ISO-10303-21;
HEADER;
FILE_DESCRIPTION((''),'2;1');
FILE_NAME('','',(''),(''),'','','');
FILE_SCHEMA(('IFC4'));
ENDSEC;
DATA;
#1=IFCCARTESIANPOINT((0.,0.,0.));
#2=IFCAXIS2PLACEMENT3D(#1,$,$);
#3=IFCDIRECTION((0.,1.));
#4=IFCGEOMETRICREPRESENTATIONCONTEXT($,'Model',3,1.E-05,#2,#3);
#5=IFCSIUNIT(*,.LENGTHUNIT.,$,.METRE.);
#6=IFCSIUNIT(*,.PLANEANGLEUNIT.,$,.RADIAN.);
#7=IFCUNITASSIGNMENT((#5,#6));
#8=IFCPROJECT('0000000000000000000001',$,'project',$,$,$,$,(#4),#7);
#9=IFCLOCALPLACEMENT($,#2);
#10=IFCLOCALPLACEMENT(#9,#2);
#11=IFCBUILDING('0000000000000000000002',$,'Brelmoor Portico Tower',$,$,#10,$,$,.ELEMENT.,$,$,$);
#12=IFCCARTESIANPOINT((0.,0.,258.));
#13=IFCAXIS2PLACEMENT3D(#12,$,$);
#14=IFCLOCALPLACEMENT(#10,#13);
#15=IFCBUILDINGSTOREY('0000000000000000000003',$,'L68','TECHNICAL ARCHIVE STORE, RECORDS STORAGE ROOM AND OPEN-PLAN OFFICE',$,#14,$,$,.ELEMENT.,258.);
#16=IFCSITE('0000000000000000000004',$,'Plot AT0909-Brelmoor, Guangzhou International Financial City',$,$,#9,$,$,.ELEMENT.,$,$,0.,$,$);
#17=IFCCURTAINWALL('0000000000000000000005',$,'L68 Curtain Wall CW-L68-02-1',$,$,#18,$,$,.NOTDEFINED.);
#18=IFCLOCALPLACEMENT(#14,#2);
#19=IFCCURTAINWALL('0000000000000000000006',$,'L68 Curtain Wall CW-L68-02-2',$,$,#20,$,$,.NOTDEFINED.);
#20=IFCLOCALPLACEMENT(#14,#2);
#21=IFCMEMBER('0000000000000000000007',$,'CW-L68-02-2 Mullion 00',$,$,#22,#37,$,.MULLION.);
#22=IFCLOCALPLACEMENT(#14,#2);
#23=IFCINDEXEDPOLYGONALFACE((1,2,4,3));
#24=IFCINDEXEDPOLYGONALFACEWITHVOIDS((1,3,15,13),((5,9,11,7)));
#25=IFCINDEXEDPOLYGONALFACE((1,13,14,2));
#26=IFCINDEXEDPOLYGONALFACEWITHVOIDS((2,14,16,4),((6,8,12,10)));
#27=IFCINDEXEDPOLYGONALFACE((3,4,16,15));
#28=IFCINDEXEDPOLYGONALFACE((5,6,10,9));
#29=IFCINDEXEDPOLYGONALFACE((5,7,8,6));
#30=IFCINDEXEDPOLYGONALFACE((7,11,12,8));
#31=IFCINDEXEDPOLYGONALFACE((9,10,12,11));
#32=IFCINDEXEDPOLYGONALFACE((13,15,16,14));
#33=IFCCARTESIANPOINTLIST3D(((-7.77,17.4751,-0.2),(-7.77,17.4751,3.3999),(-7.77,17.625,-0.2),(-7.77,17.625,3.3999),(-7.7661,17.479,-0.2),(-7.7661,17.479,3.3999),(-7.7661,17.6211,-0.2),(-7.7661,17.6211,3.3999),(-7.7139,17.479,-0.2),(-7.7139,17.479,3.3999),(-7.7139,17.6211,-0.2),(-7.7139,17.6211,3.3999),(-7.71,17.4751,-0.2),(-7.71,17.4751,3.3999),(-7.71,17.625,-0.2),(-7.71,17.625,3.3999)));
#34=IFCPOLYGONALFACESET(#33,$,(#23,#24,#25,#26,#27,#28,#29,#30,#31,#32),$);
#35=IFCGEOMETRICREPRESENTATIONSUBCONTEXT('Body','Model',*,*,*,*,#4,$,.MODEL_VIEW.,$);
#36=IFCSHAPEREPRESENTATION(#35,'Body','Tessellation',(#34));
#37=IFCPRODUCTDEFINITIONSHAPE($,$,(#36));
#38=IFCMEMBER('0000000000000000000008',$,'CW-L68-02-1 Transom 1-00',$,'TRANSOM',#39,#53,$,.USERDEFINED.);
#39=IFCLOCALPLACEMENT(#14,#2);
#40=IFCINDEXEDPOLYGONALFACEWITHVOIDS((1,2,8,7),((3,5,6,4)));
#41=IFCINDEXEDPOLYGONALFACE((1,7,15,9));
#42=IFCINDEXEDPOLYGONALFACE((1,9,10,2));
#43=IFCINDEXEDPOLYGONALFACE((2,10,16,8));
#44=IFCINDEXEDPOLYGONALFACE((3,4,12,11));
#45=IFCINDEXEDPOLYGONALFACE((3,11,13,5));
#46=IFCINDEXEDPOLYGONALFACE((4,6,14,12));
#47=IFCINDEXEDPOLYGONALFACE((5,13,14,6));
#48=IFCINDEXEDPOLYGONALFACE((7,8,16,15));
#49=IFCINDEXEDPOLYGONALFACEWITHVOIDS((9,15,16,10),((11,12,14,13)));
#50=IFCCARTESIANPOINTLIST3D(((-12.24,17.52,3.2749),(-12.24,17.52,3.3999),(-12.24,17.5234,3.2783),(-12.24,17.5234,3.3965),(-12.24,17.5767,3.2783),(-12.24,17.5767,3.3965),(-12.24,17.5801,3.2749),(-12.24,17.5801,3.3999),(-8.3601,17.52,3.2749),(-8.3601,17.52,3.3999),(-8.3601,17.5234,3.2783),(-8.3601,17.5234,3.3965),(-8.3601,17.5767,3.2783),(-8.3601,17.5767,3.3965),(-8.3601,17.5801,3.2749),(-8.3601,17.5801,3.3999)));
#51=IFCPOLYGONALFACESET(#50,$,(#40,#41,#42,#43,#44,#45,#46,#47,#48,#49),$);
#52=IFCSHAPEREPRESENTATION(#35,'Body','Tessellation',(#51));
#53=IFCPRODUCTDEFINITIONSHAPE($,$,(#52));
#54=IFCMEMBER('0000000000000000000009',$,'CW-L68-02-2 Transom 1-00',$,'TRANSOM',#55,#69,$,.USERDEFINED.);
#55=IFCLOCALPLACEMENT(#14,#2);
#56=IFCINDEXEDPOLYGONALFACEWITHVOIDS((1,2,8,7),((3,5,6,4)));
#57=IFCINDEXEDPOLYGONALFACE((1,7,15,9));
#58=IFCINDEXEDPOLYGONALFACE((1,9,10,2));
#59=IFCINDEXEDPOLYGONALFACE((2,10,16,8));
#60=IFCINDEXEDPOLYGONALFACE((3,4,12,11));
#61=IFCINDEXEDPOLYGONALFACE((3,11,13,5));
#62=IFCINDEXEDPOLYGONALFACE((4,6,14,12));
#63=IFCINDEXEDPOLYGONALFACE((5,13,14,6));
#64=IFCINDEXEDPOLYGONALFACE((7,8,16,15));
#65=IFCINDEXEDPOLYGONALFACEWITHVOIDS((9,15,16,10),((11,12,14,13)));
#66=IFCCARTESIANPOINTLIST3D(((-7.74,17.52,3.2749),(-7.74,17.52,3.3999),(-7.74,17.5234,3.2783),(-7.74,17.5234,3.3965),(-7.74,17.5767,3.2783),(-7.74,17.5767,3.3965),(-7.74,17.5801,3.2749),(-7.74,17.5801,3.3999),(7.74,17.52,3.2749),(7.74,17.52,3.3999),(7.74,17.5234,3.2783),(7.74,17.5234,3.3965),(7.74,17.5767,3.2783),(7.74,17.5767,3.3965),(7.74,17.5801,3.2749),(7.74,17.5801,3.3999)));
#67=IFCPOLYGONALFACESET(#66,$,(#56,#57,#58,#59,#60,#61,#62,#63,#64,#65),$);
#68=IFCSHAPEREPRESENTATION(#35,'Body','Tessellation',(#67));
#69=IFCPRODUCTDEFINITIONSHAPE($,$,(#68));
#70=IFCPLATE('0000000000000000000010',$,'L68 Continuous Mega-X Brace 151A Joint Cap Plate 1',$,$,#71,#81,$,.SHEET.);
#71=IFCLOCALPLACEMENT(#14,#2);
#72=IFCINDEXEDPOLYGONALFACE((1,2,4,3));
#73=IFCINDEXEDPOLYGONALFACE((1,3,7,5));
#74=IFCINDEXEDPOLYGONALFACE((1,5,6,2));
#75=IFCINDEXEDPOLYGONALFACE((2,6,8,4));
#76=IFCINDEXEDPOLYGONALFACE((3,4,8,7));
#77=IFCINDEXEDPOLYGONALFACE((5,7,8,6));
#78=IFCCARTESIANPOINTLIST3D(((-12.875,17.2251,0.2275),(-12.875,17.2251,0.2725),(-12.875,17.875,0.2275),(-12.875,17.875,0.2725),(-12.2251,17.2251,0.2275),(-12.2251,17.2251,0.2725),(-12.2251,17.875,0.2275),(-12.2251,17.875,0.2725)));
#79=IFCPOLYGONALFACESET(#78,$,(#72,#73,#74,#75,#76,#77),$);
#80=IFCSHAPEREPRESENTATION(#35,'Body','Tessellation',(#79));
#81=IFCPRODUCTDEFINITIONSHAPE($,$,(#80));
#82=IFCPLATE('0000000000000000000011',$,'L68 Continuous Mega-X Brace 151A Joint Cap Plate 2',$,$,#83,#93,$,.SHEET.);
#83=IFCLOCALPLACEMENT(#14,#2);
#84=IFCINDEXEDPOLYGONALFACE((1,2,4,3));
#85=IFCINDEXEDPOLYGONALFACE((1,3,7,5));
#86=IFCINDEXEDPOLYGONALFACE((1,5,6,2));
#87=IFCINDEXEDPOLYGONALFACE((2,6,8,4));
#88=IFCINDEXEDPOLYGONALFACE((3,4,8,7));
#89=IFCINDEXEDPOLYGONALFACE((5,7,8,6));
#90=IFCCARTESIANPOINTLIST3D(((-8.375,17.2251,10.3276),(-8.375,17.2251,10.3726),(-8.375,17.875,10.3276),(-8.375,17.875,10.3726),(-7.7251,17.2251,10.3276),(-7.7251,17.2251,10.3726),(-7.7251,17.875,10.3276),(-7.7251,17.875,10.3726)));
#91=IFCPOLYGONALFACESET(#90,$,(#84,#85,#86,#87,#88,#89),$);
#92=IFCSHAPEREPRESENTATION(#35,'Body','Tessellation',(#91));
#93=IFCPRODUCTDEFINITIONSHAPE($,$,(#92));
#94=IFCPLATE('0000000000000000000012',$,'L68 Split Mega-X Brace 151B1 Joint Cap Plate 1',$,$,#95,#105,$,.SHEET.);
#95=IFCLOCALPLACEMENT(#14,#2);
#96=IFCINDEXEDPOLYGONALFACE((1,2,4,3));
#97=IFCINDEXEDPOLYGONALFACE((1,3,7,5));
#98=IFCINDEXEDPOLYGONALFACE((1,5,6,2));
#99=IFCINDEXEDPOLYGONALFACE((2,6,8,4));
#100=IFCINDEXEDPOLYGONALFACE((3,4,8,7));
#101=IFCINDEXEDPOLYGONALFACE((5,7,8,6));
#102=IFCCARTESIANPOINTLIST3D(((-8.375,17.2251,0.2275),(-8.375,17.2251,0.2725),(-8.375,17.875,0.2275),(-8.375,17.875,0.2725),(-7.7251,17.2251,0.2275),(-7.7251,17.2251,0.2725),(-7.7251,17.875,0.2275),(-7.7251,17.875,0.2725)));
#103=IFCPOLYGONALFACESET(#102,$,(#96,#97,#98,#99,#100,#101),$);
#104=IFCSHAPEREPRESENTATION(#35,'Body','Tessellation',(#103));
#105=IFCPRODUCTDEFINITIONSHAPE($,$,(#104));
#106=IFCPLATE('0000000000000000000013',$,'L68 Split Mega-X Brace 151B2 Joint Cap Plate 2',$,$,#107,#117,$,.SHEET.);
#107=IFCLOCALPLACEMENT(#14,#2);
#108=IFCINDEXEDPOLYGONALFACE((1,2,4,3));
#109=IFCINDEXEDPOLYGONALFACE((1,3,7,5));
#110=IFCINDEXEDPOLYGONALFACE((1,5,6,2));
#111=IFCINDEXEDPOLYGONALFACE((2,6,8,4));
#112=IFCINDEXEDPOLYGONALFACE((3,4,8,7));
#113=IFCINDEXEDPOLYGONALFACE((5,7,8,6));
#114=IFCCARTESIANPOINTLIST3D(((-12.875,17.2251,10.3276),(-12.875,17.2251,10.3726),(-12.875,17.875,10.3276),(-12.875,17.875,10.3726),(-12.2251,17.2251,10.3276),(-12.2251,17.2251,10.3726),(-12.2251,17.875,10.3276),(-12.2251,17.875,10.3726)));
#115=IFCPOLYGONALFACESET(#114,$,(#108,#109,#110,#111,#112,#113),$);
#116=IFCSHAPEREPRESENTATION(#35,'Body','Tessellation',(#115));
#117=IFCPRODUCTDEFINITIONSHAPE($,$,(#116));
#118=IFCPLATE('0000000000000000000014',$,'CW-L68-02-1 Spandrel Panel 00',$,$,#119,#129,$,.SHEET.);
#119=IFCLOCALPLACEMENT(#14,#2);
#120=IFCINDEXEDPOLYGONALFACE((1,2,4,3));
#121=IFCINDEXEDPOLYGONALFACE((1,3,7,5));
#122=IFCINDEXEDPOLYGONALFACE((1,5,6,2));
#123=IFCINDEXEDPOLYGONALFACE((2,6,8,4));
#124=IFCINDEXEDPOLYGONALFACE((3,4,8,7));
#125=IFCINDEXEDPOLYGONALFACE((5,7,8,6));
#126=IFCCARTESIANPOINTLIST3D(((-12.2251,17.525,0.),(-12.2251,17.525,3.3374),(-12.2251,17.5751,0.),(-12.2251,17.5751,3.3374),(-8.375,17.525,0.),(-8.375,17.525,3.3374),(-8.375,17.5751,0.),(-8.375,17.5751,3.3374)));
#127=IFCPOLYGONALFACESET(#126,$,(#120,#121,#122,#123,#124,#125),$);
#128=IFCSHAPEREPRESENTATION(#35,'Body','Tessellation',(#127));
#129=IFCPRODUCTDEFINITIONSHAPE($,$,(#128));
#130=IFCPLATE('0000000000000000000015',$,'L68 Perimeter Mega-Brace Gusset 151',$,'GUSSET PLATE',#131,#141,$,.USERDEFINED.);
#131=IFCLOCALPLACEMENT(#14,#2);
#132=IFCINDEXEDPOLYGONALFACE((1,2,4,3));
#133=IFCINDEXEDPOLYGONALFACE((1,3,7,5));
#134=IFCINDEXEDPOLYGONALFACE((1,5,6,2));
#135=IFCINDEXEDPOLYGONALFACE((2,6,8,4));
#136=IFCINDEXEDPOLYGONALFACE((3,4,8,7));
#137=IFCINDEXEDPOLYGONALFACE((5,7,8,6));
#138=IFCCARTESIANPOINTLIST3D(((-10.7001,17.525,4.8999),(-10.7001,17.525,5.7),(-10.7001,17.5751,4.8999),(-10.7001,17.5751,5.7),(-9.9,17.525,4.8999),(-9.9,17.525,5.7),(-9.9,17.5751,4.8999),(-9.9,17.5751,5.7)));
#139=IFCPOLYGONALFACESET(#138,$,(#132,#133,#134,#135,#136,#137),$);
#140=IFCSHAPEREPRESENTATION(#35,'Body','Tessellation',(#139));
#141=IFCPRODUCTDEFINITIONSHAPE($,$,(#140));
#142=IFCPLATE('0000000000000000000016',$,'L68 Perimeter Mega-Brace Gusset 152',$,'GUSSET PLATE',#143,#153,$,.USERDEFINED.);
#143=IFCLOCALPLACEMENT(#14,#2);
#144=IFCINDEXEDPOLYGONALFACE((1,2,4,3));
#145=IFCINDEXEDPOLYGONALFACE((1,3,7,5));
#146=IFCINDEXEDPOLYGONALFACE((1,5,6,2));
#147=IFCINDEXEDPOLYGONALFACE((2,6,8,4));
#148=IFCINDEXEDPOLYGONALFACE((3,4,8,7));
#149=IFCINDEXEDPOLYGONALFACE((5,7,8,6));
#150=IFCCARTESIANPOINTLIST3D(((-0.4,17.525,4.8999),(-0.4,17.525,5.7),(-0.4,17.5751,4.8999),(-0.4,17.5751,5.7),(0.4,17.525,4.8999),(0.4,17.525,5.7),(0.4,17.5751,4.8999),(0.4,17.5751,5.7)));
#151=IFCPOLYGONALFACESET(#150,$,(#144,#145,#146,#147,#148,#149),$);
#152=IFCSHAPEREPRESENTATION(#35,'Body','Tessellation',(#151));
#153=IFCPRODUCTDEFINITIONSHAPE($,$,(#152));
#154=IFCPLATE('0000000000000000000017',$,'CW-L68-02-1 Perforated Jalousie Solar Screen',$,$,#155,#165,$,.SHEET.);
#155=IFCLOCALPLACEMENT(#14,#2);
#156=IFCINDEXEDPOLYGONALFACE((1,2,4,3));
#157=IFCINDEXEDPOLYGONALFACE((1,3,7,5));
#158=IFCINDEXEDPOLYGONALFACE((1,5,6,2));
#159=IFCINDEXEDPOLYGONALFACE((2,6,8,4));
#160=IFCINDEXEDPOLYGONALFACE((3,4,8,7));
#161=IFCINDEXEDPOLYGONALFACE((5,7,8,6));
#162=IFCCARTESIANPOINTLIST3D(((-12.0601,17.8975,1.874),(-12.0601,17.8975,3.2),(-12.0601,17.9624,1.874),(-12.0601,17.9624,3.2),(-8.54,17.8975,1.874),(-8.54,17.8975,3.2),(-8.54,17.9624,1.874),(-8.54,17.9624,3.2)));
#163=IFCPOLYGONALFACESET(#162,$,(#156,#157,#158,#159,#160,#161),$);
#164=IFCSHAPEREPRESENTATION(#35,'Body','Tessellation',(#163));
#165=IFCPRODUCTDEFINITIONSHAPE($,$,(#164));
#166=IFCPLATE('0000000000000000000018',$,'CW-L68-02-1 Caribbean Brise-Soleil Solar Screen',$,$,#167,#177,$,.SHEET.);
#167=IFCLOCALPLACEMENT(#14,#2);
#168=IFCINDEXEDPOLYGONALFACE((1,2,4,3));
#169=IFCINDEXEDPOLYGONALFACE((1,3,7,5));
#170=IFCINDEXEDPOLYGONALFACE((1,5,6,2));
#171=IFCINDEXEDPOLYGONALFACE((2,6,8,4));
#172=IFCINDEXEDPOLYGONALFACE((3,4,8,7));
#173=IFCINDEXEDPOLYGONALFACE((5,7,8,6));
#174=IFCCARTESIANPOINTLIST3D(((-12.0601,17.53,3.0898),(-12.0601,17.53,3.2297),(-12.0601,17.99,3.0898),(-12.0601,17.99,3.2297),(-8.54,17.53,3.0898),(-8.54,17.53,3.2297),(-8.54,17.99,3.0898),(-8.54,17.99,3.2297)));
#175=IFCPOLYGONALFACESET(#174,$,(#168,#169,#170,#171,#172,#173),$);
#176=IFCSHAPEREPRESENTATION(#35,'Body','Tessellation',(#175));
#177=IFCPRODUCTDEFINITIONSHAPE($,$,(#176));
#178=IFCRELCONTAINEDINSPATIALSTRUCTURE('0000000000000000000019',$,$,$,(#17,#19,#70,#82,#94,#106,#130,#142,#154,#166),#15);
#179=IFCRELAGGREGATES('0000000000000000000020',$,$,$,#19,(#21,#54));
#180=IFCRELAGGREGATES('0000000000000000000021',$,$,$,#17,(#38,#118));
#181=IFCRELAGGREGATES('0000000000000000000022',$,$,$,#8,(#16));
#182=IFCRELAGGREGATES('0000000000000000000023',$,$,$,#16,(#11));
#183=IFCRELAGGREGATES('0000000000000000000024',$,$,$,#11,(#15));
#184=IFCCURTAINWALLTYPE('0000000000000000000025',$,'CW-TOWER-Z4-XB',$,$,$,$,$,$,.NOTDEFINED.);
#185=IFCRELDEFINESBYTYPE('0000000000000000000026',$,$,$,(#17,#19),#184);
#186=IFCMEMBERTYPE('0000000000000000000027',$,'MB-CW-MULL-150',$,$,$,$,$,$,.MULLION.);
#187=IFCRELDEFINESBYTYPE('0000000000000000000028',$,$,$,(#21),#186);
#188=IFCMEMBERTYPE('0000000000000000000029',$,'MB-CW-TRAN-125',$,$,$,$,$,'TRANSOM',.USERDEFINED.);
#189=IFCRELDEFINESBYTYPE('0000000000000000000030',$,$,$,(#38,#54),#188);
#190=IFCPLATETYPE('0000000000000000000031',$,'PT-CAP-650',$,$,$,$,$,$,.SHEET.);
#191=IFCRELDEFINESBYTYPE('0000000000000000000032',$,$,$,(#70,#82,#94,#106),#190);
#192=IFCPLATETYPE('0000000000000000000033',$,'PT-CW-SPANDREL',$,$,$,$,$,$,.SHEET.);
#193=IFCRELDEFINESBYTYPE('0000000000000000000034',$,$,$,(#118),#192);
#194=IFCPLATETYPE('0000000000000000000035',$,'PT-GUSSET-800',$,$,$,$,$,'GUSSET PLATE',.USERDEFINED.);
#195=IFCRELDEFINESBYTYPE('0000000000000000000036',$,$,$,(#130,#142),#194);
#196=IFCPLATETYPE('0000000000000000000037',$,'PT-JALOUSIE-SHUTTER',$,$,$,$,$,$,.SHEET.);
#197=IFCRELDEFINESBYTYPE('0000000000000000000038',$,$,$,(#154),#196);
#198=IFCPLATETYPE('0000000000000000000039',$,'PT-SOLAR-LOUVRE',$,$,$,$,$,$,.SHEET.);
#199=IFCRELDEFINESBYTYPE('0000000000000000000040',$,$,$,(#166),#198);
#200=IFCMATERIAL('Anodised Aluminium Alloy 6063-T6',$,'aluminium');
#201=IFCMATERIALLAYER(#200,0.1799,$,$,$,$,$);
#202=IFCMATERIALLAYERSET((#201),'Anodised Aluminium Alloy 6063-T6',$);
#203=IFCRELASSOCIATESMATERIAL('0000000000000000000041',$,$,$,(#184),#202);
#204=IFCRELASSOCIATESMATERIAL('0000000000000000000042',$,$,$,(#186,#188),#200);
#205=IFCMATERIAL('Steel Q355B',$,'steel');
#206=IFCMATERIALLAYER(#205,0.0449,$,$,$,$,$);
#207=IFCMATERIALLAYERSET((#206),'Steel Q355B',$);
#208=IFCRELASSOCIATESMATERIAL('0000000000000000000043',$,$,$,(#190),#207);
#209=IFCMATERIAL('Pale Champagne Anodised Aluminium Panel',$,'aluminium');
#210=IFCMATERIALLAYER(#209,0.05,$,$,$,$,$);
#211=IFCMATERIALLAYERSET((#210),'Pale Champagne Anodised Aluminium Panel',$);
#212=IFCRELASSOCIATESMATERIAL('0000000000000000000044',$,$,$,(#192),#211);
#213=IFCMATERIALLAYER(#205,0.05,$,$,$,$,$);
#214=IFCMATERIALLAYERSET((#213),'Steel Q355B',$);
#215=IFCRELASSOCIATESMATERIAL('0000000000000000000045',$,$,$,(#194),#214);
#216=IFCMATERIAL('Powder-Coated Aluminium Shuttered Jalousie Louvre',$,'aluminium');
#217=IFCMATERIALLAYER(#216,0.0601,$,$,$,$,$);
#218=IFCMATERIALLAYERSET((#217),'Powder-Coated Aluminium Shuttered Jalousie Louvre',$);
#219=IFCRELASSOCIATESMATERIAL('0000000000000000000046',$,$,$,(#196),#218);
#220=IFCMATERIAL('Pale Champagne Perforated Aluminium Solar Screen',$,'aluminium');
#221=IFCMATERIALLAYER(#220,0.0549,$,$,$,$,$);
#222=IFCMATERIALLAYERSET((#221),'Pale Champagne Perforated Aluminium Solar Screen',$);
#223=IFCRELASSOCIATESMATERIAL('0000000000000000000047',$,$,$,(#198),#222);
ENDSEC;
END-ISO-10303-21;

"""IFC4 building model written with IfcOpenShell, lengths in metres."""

from ifc_helpers import new_model, si_unit, direction, frame, origin, origin_2d, place, context, subcontext, project, spatial, rectangle, hollow_rectangle, extrude, material, layer, layer_set, material_profile, profile_set, type_object, element, aggregate, save


model = new_model("IFC4")

# Units and contexts
model_context = context("Model", 3, precision=1e-05, world=origin(), true_north=direction((0.0, 1.0)))
body_context = subcontext(model_context, "Body", "Model", "MODEL_VIEW")
ifc_project = project(units=[si_unit("LENGTHUNIT", "METRE"), si_unit("PLANEANGLEUNIT", "RADIAN")], contexts=[model_context])

# Site, building, storey
site_placement = place(None, origin())
site = spatial("IfcSite", under=ifc_project, at=site_placement, Name="Plot AT0909-Brelmoor, Guangzhou International Financial City", CompositionType="ELEMENT", RefElevation=0.0)
building_placement = place(site_placement, origin())
building = spatial("IfcBuilding", under=site, at=building_placement, Name="Brelmoor Portico Tower", CompositionType="ELEMENT")
storey_placement = place(building_placement, frame((0.0, 0.0, 258.0)))
storey = spatial("IfcBuildingStorey", under=building, at=storey_placement, Name="L68", Description="TECHNICAL ARCHIVE STORE, RECORDS STORAGE ROOM AND OPEN-PLAN OFFICE", CompositionType="ELEMENT", Elevation=258.0)

# Shared definitions
ifc_material_1 = material(Name="Steel Q355B", Category="steel")

# Curtain wall
ifc_material_2 = material(Name="Anodised Aluminium Alloy 6063-T6", Category="aluminium")
ifc_layer_1 = layer(ifc_material_2, 0.1799)
ifc_layer_set_1 = layer_set([ifc_layer_1], Name="Anodised Aluminium Alloy 6063-T6")
curtain_wall_type = type_object("IfcCurtainWallType", Name="CW-TOWER-Z4-XB", PredefinedType="NOTDEFINED", material=ifc_layer_set_1)
curtain_wall_1_placement = place(storey_placement, origin())
curtain_wall_1 = element("IfcCurtainWall", 1, at=curtain_wall_1_placement, inside=storey, type_object=curtain_wall_type, Name="L68 Curtain Wall CW-L68-02-1", PredefinedType="NOTDEFINED")
ifc_material_profile_1 = material_profile(ifc_material_2, hollow_rectangle(XDim=0.0601, YDim=0.1499, WallThickness=0.0039, at=origin_2d()), Name="ALU MULLION 60x150")
ifc_profile_set_1 = profile_set([ifc_material_profile_1], Name="Anodised Aluminium Alloy 6063-T6")
member_type_1 = type_object("IfcMemberType", Name="MB-CW-MULL-150", PredefinedType="MULLION", material=ifc_profile_set_1)

# Curtain wall, member
curtain_wall_2_placement = place(storey_placement, origin())
curtain_wall_2 = element("IfcCurtainWall", 2, at=curtain_wall_2_placement, inside=storey, type_object=curtain_wall_type, Name="L68 Curtain Wall CW-L68-02-2", PredefinedType="NOTDEFINED")
member_1_placement = place(storey_placement, frame((-7.74, 17.55, -0.2), z_axis=(0.0, 0.0, 1.0), x_axis=(1.0, 0.0, 0.0)))
member_1 = element("IfcMember", 3, at=member_1_placement, type_object=member_type_1, Name="CW-L68-02-2 Mullion 00", PredefinedType="MULLION", context=body_context, shape_type="SweptSolid", body=[
    extrude(hollow_rectangle(XDim=0.0601, YDim=0.1499, WallThickness=0.0039, at=origin_2d()), origin(), (0.0, 0.0, 1.0), 3.5999),
])

# Members
ifc_material_profile_2 = material_profile(ifc_material_2, hollow_rectangle(XDim=0.0601, YDim=0.125, WallThickness=0.0034, at=origin_2d()), Name="ALU TRANSOM 60x125")
ifc_profile_set_2 = profile_set([ifc_material_profile_2], Name="Anodised Aluminium Alloy 6063-T6")
member_type_2 = type_object("IfcMemberType", Name="MB-CW-TRAN-125", ElementType="TRANSOM", PredefinedType="USERDEFINED", material=ifc_profile_set_2)
member_2_placement = place(storey_placement, frame((-12.24, 17.55, 3.3374), z_axis=(1.0, 0.0, 0.0), x_axis=(0.0, 1.0, 0.0)))
member_2 = element("IfcMember", 4, at=member_2_placement, type_object=member_type_2, Name="CW-L68-02-1 Transom 1-00", ObjectType="TRANSOM", PredefinedType="USERDEFINED", context=body_context, shape_type="SweptSolid", body=[
    extrude(hollow_rectangle(XDim=0.0601, YDim=0.125, WallThickness=0.0034, at=origin_2d()), origin(), (0.0, 0.0, 1.0), 3.8799),
])
member_3_placement = place(storey_placement, frame((-7.74, 17.55, 3.3374), z_axis=(1.0, 0.0, 0.0), x_axis=(0.0, 1.0, 0.0)))
member_3 = element("IfcMember", 5, at=member_3_placement, type_object=member_type_2, Name="CW-L68-02-2 Transom 1-00", ObjectType="TRANSOM", PredefinedType="USERDEFINED", context=body_context, shape_type="SweptSolid", body=[
    extrude(hollow_rectangle(XDim=0.0601, YDim=0.125, WallThickness=0.0034, at=origin_2d()), origin(), (0.0, 0.0, 1.0), 15.48),
])
aggregate(curtain_wall_2, [member_1, member_3])

# Plates
ifc_layer_2 = layer(ifc_material_1, 0.0449)
ifc_layer_set_2 = layer_set([ifc_layer_2], Name="Steel Q355B")
plate_type_1 = type_object("IfcPlateType", Name="PT-CAP-650", PredefinedType="SHEET", material=ifc_layer_set_2)
for number, where, z_axis, x_axis, name in (
    (6, (-12.55, 17.55, 0.2275), (0.0, 0.0, 1.0), (1.0, 0.0, 0.0), "L68 Continuous Mega-X Brace 151A Joint Cap Plate 1"),
    (7, (-8.05, 17.55, 10.3276), (0.0, 0.0, 1.0), (1.0, 0.0, 0.0), "L68 Continuous Mega-X Brace 151A Joint Cap Plate 2"),
    (8, (-8.05, 17.55, 0.2275), (0.0, 0.0, 1.0), (1.0, 0.0, 0.0), "L68 Split Mega-X Brace 151B1 Joint Cap Plate 1"),
    (9, (-12.55, 17.55, 10.3276), (0.0, 0.0, 1.0), (1.0, 0.0, 0.0), "L68 Split Mega-X Brace 151B2 Joint Cap Plate 2"),
):
    element("IfcPlate", number, at=place(storey_placement, frame(where, z_axis=z_axis, x_axis=x_axis)), inside=storey, type_object=plate_type_1, Name=name, PredefinedType="SHEET", context=body_context, shape_type="SweptSolid", body=[
        extrude(rectangle(XDim=0.6499, YDim=0.6499, at=origin_2d()), origin(), (0.0, 0.0, 1.0), 0.0449),
    ])

# Plate
ifc_material_3 = material(Name="Pale Champagne Anodised Aluminium Panel", Category="aluminium")
ifc_layer_3 = layer(ifc_material_3, 0.05)
ifc_layer_set_3 = layer_set([ifc_layer_3], Name="Pale Champagne Anodised Aluminium Panel")
plate_type_2 = type_object("IfcPlateType", Name="PT-CW-SPANDREL", PredefinedType="SHEET", material=ifc_layer_set_3)
plate_1_placement = place(storey_placement, frame((-10.3, 17.55, 0.0), z_axis=(0.0, 0.0, 1.0), x_axis=(1.0, 0.0, 0.0)))
plate_1 = element("IfcPlate", 10, at=plate_1_placement, type_object=plate_type_2, Name="CW-L68-02-1 Spandrel Panel 00", PredefinedType="SHEET", context=body_context, shape_type="SweptSolid", body=[
    extrude(rectangle(XDim=3.8501, YDim=0.05, at=origin_2d()), origin(), (0.0, 0.0, 1.0), 3.3374),
])
aggregate(curtain_wall_1, [member_2, plate_1])

# Plates
ifc_layer_4 = layer(ifc_material_1, 0.05)
ifc_layer_set_4 = layer_set([ifc_layer_4], Name="Steel Q355B")
plate_type_3 = type_object("IfcPlateType", Name="PT-GUSSET-800", ElementType="GUSSET PLATE", PredefinedType="USERDEFINED", material=ifc_layer_set_4)
for number, where, z_axis, x_axis, name in (
    (11, (-10.3, 17.55, 4.8999), (0.0, 0.0, 1.0), (1.0, 0.0, 0.0), "L68 Perimeter Mega-Brace Gusset 151"),
    (12, (0.0, 17.55, 4.8999), (0.0, 0.0, 1.0), (1.0, 0.0, 0.0), "L68 Perimeter Mega-Brace Gusset 152"),
):
    element("IfcPlate", number, at=place(storey_placement, frame(where, z_axis=z_axis, x_axis=x_axis)), inside=storey, type_object=plate_type_3, Name=name, ObjectType="GUSSET PLATE", PredefinedType="USERDEFINED", context=body_context, shape_type="SweptSolid", body=[
        extrude(rectangle(XDim=0.8, YDim=0.05, at=origin_2d()), origin(), (0.0, 0.0, 1.0), 0.8),
    ])
ifc_material_4 = material(Name="Powder-Coated Aluminium Shuttered Jalousie Louvre", Category="aluminium")
ifc_layer_5 = layer(ifc_material_4, 0.0601)
ifc_layer_set_5 = layer_set([ifc_layer_5], Name="Powder-Coated Aluminium Shuttered Jalousie Louvre")
plate_type_4 = type_object("IfcPlateType", Name="PT-JALOUSIE-SHUTTER", PredefinedType="SHEET", material=ifc_layer_set_5)
plate_2_placement = place(storey_placement, frame((-10.3, 17.9299, 1.874), z_axis=(0.0, 0.0, 1.0), x_axis=(1.0, 0.0, 0.0)))
element("IfcPlate", 13, at=plate_2_placement, inside=storey, type_object=plate_type_4, Name="CW-L68-02-1 Perforated Jalousie Solar Screen", PredefinedType="SHEET", context=body_context, shape_type="SweptSolid", body=[
    extrude(rectangle(XDim=3.52, YDim=0.0649, at=origin_2d()), origin(), (0.0, 0.0, 1.0), 1.3259),
])
ifc_material_5 = material(Name="Pale Champagne Perforated Aluminium Solar Screen", Category="aluminium")
ifc_layer_6 = layer(ifc_material_5, 0.0549)
ifc_layer_set_6 = layer_set([ifc_layer_6], Name="Pale Champagne Perforated Aluminium Solar Screen")
plate_type_5 = type_object("IfcPlateType", Name="PT-SOLAR-LOUVRE", PredefinedType="SHEET", material=ifc_layer_set_6)
plate_3_placement = place(storey_placement, frame((-10.3, 17.76, 3.0898), z_axis=(0.0, 0.0, 1.0), x_axis=(1.0, 0.0, 0.0)))
element("IfcPlate", 14, at=plate_3_placement, inside=storey, type_object=plate_type_5, Name="CW-L68-02-1 Caribbean Brise-Soleil Solar Screen", PredefinedType="SHEET", context=body_context, shape_type="SweptSolid", body=[
    extrude(rectangle(XDim=3.52, YDim=0.46, at=origin_2d()), origin(), (0.0, 0.0, 1.0), 0.1399),
])

save(model, "model.ifc")
